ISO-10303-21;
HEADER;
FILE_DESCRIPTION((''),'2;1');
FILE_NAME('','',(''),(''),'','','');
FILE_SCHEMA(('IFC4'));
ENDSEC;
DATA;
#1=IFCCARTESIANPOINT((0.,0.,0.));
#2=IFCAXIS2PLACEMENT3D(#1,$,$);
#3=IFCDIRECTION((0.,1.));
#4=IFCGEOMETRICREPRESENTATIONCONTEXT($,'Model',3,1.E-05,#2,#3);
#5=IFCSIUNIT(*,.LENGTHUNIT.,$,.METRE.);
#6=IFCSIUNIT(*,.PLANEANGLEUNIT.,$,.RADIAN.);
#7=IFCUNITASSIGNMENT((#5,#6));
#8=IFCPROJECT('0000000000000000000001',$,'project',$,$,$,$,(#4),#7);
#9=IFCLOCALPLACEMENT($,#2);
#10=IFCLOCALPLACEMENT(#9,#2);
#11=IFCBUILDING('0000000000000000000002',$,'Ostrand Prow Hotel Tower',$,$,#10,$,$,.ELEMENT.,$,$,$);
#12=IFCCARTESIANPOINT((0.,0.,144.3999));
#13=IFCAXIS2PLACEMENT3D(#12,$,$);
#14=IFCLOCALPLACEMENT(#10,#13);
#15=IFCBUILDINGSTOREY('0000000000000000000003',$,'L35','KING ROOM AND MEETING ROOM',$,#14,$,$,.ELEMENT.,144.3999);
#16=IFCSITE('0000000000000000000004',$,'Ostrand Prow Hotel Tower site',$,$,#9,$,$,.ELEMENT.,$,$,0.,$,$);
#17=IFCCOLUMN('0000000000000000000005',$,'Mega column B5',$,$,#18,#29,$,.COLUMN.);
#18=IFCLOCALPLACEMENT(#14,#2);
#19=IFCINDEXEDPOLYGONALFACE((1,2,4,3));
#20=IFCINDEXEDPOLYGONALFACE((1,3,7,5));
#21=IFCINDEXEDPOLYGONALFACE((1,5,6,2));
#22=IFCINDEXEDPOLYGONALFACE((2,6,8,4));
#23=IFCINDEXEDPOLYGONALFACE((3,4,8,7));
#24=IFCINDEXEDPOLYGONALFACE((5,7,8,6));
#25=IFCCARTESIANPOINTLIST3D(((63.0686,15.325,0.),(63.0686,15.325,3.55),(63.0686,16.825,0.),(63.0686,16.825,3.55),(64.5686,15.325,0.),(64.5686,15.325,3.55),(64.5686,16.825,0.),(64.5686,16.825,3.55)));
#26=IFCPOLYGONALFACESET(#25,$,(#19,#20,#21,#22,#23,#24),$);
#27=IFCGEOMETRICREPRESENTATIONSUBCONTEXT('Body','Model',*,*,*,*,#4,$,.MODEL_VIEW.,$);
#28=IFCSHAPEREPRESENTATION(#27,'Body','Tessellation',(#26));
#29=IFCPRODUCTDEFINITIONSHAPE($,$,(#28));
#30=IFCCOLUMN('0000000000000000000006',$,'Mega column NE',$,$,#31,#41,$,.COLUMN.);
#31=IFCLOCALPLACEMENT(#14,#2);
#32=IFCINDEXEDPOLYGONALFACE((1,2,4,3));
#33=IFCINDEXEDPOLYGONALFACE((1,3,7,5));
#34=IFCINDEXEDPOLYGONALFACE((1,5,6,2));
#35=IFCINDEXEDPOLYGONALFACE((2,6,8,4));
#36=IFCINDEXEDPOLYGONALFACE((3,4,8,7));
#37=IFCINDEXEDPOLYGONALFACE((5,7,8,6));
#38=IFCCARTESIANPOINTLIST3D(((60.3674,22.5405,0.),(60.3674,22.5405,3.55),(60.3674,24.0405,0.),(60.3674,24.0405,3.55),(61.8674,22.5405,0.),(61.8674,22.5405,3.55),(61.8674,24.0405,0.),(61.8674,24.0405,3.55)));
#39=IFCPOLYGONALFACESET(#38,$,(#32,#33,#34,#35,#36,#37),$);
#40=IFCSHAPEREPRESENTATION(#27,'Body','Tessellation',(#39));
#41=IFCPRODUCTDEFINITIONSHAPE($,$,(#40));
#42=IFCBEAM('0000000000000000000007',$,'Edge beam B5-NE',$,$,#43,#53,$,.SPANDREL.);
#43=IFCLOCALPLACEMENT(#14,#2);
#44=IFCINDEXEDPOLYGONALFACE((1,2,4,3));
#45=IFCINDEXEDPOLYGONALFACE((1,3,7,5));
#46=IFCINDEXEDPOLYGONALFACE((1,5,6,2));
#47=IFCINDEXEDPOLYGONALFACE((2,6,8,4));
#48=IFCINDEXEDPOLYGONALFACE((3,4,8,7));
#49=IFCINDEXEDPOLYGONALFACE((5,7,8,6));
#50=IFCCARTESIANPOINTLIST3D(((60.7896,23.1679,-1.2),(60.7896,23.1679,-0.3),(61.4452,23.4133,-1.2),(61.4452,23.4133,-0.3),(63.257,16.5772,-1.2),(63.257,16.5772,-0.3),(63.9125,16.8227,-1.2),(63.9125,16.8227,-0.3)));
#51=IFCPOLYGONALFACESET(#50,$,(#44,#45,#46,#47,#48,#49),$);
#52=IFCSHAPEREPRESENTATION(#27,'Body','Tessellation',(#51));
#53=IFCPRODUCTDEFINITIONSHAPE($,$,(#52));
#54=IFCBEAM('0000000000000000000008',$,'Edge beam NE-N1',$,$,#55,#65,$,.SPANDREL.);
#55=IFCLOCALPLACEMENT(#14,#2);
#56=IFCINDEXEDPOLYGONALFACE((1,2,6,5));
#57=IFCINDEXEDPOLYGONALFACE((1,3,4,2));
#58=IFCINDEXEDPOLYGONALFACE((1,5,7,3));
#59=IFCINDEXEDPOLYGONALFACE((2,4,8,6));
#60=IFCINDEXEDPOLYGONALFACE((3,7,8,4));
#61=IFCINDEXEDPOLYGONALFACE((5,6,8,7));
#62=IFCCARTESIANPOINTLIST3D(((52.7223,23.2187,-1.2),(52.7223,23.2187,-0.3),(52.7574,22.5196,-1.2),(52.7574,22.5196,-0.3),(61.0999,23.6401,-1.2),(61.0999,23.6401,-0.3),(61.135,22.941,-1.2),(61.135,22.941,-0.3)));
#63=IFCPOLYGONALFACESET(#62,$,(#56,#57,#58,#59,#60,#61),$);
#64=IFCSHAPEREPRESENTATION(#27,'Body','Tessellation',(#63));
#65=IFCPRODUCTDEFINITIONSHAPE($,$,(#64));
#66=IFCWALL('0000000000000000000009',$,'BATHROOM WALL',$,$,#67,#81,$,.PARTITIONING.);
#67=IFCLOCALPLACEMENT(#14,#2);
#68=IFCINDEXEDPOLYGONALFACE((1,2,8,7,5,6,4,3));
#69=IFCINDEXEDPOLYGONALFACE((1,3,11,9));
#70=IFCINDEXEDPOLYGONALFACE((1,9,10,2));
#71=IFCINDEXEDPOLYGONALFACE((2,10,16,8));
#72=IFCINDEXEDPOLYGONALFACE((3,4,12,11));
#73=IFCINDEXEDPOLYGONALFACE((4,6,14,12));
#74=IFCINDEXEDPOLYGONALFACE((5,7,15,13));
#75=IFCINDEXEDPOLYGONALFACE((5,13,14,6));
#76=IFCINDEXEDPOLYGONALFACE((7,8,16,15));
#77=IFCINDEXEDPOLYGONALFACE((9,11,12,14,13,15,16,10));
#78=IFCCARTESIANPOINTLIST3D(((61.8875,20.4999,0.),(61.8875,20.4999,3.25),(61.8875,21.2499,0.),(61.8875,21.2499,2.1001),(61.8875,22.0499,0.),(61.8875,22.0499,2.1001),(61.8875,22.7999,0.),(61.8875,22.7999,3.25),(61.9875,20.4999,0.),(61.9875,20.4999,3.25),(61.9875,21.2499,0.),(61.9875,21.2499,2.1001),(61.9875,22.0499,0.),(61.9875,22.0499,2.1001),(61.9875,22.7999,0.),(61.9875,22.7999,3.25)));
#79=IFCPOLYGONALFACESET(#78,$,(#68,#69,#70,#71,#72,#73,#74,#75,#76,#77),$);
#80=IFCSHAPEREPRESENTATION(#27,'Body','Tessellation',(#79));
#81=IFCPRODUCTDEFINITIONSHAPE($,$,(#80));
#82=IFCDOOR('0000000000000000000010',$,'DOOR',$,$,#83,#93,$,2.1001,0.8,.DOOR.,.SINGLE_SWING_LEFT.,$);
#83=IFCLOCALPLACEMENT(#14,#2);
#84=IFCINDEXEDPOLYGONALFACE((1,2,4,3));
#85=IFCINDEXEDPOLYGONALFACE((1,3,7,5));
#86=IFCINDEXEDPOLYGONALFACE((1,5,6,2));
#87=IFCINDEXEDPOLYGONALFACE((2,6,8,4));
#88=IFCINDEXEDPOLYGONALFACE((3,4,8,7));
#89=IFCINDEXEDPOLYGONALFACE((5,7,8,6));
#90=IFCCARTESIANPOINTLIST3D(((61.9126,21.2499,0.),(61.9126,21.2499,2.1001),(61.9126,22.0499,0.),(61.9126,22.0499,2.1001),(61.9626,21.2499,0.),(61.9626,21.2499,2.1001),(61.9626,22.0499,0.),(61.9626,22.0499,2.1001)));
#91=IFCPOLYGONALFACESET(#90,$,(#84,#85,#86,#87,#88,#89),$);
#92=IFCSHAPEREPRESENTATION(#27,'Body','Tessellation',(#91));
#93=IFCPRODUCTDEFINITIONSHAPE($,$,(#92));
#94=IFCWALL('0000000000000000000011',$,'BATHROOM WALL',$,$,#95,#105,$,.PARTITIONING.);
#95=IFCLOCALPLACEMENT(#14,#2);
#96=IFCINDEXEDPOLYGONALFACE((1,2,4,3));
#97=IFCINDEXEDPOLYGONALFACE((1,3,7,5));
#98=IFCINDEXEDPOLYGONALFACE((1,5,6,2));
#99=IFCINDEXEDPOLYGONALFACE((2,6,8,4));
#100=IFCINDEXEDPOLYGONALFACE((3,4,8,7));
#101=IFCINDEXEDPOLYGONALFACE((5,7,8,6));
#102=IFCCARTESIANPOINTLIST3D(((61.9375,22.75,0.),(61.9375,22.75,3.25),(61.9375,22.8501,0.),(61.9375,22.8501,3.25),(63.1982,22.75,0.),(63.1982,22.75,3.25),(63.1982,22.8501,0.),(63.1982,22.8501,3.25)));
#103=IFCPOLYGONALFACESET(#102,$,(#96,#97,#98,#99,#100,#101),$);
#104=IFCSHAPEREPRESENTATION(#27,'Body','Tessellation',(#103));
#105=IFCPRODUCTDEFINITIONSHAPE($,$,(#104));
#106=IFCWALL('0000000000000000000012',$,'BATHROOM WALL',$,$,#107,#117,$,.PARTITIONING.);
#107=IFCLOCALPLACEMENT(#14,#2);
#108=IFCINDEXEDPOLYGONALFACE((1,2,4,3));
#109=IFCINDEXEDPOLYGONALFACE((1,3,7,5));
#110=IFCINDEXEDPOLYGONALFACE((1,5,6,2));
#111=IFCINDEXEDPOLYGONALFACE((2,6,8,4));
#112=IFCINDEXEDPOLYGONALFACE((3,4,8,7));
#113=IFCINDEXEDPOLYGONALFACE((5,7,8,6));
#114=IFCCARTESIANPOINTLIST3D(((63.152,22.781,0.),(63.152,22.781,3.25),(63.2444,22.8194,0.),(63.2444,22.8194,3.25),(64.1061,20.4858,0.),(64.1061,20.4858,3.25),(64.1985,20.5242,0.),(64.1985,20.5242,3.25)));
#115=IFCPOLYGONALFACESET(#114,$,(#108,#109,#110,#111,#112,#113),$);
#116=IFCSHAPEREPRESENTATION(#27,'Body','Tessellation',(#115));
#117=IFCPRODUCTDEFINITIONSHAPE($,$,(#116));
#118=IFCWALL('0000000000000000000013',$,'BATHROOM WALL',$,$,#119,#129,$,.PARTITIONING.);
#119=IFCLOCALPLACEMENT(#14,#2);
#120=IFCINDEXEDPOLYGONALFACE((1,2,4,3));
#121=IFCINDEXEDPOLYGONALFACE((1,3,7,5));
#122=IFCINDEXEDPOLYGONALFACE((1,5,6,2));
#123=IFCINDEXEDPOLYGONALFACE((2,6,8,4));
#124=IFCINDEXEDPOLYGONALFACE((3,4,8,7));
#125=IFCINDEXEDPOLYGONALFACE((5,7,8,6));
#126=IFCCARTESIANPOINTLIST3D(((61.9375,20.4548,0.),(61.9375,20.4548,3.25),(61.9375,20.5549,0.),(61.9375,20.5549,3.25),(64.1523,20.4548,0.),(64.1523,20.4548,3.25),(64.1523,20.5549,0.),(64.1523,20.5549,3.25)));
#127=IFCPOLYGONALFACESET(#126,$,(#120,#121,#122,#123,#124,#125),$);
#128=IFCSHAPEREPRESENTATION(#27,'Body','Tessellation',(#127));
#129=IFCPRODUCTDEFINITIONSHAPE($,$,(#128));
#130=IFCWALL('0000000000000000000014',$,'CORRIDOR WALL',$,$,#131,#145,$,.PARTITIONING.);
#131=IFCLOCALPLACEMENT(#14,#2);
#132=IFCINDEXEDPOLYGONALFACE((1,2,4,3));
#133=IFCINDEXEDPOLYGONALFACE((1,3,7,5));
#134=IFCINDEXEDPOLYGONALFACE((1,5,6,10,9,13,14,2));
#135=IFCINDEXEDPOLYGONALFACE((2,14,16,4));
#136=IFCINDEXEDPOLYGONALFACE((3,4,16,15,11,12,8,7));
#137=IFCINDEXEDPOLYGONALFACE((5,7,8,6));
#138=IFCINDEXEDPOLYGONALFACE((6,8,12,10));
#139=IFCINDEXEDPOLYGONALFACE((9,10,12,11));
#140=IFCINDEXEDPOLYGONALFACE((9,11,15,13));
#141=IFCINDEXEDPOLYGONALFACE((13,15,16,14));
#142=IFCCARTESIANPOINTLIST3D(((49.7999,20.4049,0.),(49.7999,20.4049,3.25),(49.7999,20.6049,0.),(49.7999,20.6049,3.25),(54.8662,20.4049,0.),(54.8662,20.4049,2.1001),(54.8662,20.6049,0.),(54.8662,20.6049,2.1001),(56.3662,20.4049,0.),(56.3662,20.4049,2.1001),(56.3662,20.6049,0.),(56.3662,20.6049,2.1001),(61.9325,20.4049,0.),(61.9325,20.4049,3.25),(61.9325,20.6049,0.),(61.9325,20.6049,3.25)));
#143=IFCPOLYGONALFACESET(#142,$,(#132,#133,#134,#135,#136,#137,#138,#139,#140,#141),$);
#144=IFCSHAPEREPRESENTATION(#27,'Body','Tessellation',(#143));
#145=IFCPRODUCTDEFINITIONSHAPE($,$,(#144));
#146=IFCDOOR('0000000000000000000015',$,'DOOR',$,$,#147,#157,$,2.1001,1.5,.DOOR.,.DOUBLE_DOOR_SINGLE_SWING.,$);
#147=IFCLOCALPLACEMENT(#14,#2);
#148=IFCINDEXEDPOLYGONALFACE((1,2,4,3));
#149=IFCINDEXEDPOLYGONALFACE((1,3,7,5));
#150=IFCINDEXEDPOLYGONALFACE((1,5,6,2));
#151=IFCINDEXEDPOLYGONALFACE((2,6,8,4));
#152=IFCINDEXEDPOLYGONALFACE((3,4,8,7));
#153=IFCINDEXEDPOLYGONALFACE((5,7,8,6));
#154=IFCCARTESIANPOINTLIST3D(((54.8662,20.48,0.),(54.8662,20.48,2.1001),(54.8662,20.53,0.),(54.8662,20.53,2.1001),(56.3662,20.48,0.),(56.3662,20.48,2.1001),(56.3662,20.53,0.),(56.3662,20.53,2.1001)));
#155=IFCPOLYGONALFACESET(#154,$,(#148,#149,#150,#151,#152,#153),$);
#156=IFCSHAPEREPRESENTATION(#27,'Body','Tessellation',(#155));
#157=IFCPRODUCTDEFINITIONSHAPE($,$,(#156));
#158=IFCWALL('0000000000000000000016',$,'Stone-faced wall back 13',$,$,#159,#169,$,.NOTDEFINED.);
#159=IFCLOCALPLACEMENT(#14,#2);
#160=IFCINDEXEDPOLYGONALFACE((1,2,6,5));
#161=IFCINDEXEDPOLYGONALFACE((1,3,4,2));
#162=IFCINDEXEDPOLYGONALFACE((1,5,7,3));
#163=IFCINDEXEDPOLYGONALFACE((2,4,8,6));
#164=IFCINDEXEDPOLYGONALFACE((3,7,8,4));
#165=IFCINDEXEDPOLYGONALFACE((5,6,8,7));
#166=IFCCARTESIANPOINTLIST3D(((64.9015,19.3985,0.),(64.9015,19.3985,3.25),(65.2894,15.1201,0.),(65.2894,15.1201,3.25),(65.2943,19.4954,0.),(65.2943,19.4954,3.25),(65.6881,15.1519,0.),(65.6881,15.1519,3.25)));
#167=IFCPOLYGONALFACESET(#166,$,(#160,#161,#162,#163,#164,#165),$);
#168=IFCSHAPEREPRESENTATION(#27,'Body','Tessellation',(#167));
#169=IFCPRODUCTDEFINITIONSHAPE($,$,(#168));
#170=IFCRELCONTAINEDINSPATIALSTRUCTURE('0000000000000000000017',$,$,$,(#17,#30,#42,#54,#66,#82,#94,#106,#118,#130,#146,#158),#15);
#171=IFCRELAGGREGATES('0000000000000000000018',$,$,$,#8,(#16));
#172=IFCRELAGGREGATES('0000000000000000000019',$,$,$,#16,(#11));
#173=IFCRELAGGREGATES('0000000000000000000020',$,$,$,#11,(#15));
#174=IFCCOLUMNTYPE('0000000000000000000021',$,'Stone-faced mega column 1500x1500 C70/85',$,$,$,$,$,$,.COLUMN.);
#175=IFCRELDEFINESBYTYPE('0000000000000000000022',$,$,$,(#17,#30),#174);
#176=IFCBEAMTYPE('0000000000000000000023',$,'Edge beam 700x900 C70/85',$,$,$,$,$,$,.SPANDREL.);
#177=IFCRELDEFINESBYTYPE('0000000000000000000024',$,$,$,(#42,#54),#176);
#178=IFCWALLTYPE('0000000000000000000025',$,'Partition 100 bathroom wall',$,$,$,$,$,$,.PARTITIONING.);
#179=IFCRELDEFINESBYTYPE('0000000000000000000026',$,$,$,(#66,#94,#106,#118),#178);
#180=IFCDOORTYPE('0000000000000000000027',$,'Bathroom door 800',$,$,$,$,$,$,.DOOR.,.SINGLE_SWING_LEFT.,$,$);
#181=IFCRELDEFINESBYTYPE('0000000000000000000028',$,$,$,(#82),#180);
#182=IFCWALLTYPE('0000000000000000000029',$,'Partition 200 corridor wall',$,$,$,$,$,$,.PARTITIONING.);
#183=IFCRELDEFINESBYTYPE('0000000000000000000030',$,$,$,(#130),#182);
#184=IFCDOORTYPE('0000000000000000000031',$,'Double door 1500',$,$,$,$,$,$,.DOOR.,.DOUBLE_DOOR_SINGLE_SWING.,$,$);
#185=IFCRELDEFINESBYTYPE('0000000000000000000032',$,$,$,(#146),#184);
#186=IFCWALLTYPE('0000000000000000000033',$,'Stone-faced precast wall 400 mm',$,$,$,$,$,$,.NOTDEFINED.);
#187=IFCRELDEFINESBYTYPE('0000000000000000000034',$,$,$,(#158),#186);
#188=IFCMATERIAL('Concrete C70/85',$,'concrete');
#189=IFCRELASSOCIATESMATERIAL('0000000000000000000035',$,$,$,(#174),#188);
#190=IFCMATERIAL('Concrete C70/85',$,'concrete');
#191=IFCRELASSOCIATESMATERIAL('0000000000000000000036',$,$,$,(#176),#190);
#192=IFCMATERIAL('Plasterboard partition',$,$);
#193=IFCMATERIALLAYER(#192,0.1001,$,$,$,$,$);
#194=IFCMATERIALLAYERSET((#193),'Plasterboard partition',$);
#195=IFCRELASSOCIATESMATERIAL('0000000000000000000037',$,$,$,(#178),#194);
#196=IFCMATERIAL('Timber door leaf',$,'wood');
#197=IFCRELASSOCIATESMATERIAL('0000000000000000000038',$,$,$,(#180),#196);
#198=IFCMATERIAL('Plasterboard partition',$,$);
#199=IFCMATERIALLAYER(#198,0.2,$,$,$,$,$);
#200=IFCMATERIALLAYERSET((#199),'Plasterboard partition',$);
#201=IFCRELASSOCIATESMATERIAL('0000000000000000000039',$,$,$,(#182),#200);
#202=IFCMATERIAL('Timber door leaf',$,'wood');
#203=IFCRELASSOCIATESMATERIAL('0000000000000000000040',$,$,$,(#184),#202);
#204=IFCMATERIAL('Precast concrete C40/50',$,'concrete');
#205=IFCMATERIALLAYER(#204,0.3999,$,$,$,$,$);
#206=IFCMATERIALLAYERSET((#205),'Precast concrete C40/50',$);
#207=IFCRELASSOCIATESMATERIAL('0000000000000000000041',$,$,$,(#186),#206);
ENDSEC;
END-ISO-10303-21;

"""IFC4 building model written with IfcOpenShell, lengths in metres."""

from ifc_helpers import new_model, si_unit, direction, frame, frame_2d, origin, origin_2d, place, context, subcontext, project, spatial, polyline, rectangle, outline, extrude, material, layer, layer_set, material_profile, profile_set, type_object, element, fill, save


model = new_model("IFC4")

# Units and contexts
model_context = context("Model", 3, precision=1e-05, world=origin(), true_north=direction((0.0, 1.0)))
body_context = subcontext(model_context, "Body", "Model", "MODEL_VIEW")
ifc_project = project(units=[si_unit("LENGTHUNIT", "METRE"), si_unit("PLANEANGLEUNIT", "RADIAN")], contexts=[model_context])

# Site, building, storey
site_placement = place(None, origin())
site = spatial("IfcSite", under=ifc_project, at=site_placement, Name="Ostrand Prow Hotel Tower site", CompositionType="ELEMENT", RefElevation=0.0)
building_placement = place(site_placement, origin())
building = spatial("IfcBuilding", under=site, at=building_placement, Name="Ostrand Prow Hotel Tower", CompositionType="ELEMENT")
storey_placement = place(building_placement, frame((0.0, 0.0, 144.3999)))
storey = spatial("IfcBuildingStorey", under=building, at=storey_placement, Name="L35", Description="KING ROOM AND MEETING ROOM", CompositionType="ELEMENT", Elevation=144.3999)

# Columns
ifc_material_1 = material(Name="Concrete C70/85", Category="concrete")
ifc_material_profile_1 = material_profile(ifc_material_1, rectangle(XDim=1.5, YDim=1.5, at=origin_2d()), Name="RC 1500x1500")
ifc_profile_set_1 = profile_set([ifc_material_profile_1], Name="Concrete C70/85")
column_type = type_object("IfcColumnType", Name="Stone-faced mega column 1500x1500 C70/85", PredefinedType="COLUMN", material=ifc_profile_set_1)
for number, where, z_axis, x_axis, name in (
    (1, (63.8186, 16.075, 0.0), (0.0, 0.0, 1.0), (1.0, 0.0, 0.0), "Mega column B5"),
    (2, (61.1174, 23.2905, 0.0), (0.0, 0.0, 1.0), (1.0, 0.0, 0.0), "Mega column NE"),
):
    element("IfcColumn", number, at=place(storey_placement, frame(where, z_axis=z_axis, x_axis=x_axis)), inside=storey, type_object=column_type, Name=name, PredefinedType="COLUMN", context=body_context, shape_type="SweptSolid", body=[
        extrude(rectangle(XDim=1.5, YDim=1.5, at=origin_2d()), origin(), (0.0, 0.0, 1.0), 3.55),
    ])

# Beams
ifc_material_2 = material(Name="Concrete C70/85", Category="concrete")
ifc_material_profile_2 = material_profile(ifc_material_2, rectangle(XDim=0.7, YDim=0.8999, at=origin_2d()), Name="RC 700x900")
ifc_profile_set_2 = profile_set([ifc_material_profile_2], Name="Concrete C70/85")
beam_type = type_object("IfcBeamType", Name="Edge beam 700x900 C70/85", PredefinedType="SPANDREL", material=ifc_profile_set_2)
beam_1_placement = place(storey_placement, frame((63.5847, 16.7, -0.75), z_axis=(-0.350603, 0.936524, 0.0), x_axis=(-0.936524, -0.350603, 0.0)))
element("IfcBeam", 3, at=beam_1_placement, inside=storey, type_object=beam_type, Name="Edge beam B5-NE", PredefinedType="SPANDREL", context=body_context, shape_type="SweptSolid", body=[
    extrude(rectangle(XDim=0.7, YDim=0.8999, at=origin_2d()), origin(), (0.0, 0.0, 1.0), 7.0374),
])
beam_2_placement = place(storey_placement, frame((61.1174, 23.2905, -0.75), z_axis=(-0.998737, -0.050235, 0.0), x_axis=(0.050235, -0.998737, 0.0)))
element("IfcBeam", 4, at=beam_2_placement, inside=storey, type_object=beam_type, Name="Edge beam NE-N1", PredefinedType="SPANDREL", context=body_context, shape_type="SweptSolid", body=[
    extrude(rectangle(XDim=0.7, YDim=0.8999, at=origin_2d()), origin(), (0.0, 0.0, 1.0), 8.3882),
])

# Wall, opening, door
ifc_material_3 = material(Name="Plasterboard partition")
ifc_layer_1 = layer(ifc_material_3, 0.1001)
ifc_layer_set_1 = layer_set([ifc_layer_1], Name="Plasterboard partition")
wall_type_1 = type_object("IfcWallType", Name="Partition 100 bathroom wall", PredefinedType="PARTITIONING", material=ifc_layer_set_1)
wall_1_placement = place(storey_placement, frame((61.9375, 20.5, 0.0), z_axis=(0.0, 0.0, 1.0), x_axis=(0.0, 1.0, 0.0)))
wall_1 = element("IfcWall", 5, at=wall_1_placement, inside=storey, type_object=wall_type_1, Name="BATHROOM WALL", PredefinedType="PARTITIONING", context=body_context, shape_type="SweptSolid", body=[
    extrude(rectangle(XDim=2.3, YDim=0.1001, at=frame_2d((1.1499, 0.0))), origin(), (0.0, 0.0, 1.0), 3.25),
])
opening_1_placement = place(wall_1_placement, frame((0.75, 0.0, 0.0)))
opening_1 = element("IfcOpeningElement", 6, at=opening_1_placement, cuts=wall_1, PredefinedType="OPENING", context=body_context, shape_type="SweptSolid", body=[
    extrude(rectangle(XDim=0.8, YDim=2.1001, at=frame_2d((0.3999, 1.05))), frame((0.0, 0.0601, 0.0), z_axis=(0.0, -1.0, 0.0), x_axis=(1.0, 0.0, 0.0)), (0.0, 0.0, 1.0), 0.1201),
])
ifc_material_4 = material(Name="Timber door leaf", Category="wood")
door_type_1 = type_object("IfcDoorType", Name="Bathroom door 800", OperationType="SINGLE_SWING_LEFT", PredefinedType="DOOR", material=ifc_material_4)
door_1_placement = place(opening_1_placement, origin())
door_1 = element("IfcDoor", 7, at=door_1_placement, inside=storey, type_object=door_type_1, Name="DOOR", OperationType="SINGLE_SWING_LEFT", OverallHeight=2.1001, OverallWidth=0.8, PredefinedType="DOOR", context=body_context, shape_type="SweptSolid", body=[
    extrude(rectangle(XDim=0.8, YDim=2.1001, at=frame_2d((0.3999, 1.05))), frame((0.0, 0.0249, 0.0), z_axis=(0.0, -1.0, 0.0), x_axis=(1.0, 0.0, 0.0)), (0.0, 0.0, 1.0), 0.05),
])
fill(opening_1, door_1)

# Walls
wall_2_placement = place(storey_placement, frame((61.9375, 22.8, 0.0), z_axis=(0.0, 0.0, 1.0), x_axis=(1.0, 0.0, 0.0)))
element("IfcWall", 8, at=wall_2_placement, inside=storey, type_object=wall_type_1, Name="BATHROOM WALL", PredefinedType="PARTITIONING", context=body_context, shape_type="SweptSolid", body=[
    extrude(rectangle(XDim=1.2607, YDim=0.1001, at=frame_2d((0.6304, 0.0))), origin(), (0.0, 0.0, 1.0), 3.25),
])
wall_3_placement = place(storey_placement, frame((63.1982, 22.8, 0.0), z_axis=(0.0, 0.0, 1.0), x_axis=(0.383855, -0.923393, 0.0)))
element("IfcWall", 9, at=wall_3_placement, inside=storey, type_object=wall_type_1, Name="BATHROOM WALL", PredefinedType="PARTITIONING", context=body_context, shape_type="SweptSolid", body=[
    extrude(rectangle(XDim=2.4856, YDim=0.1001, at=frame_2d((1.2427, 0.0))), origin(), (0.0, 0.0, 1.0), 3.25),
])
wall_4_placement = place(storey_placement, frame((64.1523, 20.5049, 0.0), z_axis=(0.0, 0.0, 1.0), x_axis=(-1.0, 0.0, 0.0)))
element("IfcWall", 10, at=wall_4_placement, inside=storey, type_object=wall_type_1, Name="BATHROOM WALL", PredefinedType="PARTITIONING", context=body_context, shape_type="SweptSolid", body=[
    extrude(rectangle(XDim=2.2148, YDim=0.1001, at=frame_2d((1.1074, 0.0))), origin(), (0.0, 0.0, 1.0), 3.25),
])

# Wall, opening, door
ifc_material_5 = material(Name="Plasterboard partition")
ifc_layer_2 = layer(ifc_material_5, 0.2)
ifc_layer_set_2 = layer_set([ifc_layer_2], Name="Plasterboard partition")
wall_type_2 = type_object("IfcWallType", Name="Partition 200 corridor wall", PredefinedType="PARTITIONING", material=ifc_layer_set_2)
wall_5_placement = place(storey_placement, frame((61.9326, 20.5049, 0.0), z_axis=(0.0, 0.0, 1.0), x_axis=(-1.0, 0.0, 0.0)))
wall_5 = element("IfcWall", 11, at=wall_5_placement, inside=storey, type_object=wall_type_2, Name="CORRIDOR WALL", PredefinedType="PARTITIONING", context=body_context, shape_type="SweptSolid", body=[
    extrude(rectangle(XDim=12.1326, YDim=0.2, at=frame_2d((6.0664, 0.0))), origin(), (0.0, 0.0, 1.0), 3.25),
])
opening_2_placement = place(wall_5_placement, frame((5.5664, 0.0, 0.0)))
opening_2 = element("IfcOpeningElement", 12, at=opening_2_placement, cuts=wall_5, PredefinedType="OPENING", context=body_context, shape_type="SweptSolid", body=[
    extrude(rectangle(XDim=1.5, YDim=2.1001, at=frame_2d((0.75, 1.05))), frame((0.0, 0.1099, 0.0), z_axis=(0.0, -1.0, 0.0), x_axis=(1.0, 0.0, 0.0)), (0.0, 0.0, 1.0), 0.22),
])
ifc_material_6 = material(Name="Timber door leaf", Category="wood")
door_type_2 = type_object("IfcDoorType", Name="Double door 1500", OperationType="DOUBLE_DOOR_SINGLE_SWING", PredefinedType="DOOR", material=ifc_material_6)
door_2_placement = place(opening_2_placement, origin())
door_2 = element("IfcDoor", 13, at=door_2_placement, inside=storey, type_object=door_type_2, Name="DOOR", OperationType="DOUBLE_DOOR_SINGLE_SWING", OverallHeight=2.1001, OverallWidth=1.5, PredefinedType="DOOR", context=body_context, shape_type="SweptSolid", body=[
    extrude(rectangle(XDim=1.5, YDim=2.1001, at=frame_2d((0.75, 1.05))), frame((0.0, 0.0249, 0.0), z_axis=(0.0, -1.0, 0.0), x_axis=(1.0, 0.0, 0.0)), (0.0, 0.0, 1.0), 0.05),
])
fill(opening_2, door_2)

# Wall
ifc_material_7 = material(Name="Precast concrete C40/50", Category="concrete")
ifc_layer_3 = layer(ifc_material_7, 0.3999)
ifc_layer_set_3 = layer_set([ifc_layer_3], Name="Precast concrete C40/50")
wall_type_3 = type_object("IfcWallType", Name="Stone-faced precast wall 400 mm", PredefinedType="NOTDEFINED", material=ifc_layer_set_3)
wall_6_placement = place(storey_placement, frame((65.4888, 15.136, 0.0), z_axis=(0.0, 0.0, 1.0), x_axis=(-0.090297, 0.995915, 0.0)))
element("IfcWall", 14, at=wall_6_placement, inside=storey, type_object=wall_type_3, Name="Stone-faced wall back 13", PredefinedType="NOTDEFINED", context=body_context, shape_type="SweptSolid", body=[
    extrude(outline(polyline([(-0.0022, -0.2), (4.3591, -0.2), (4.2981, 0.2), (0.0022, 0.2), (-0.0022, -0.2)])), origin(), (0.0, 0.0, 1.0), 3.25),
])

save(model, "model.ifc")
